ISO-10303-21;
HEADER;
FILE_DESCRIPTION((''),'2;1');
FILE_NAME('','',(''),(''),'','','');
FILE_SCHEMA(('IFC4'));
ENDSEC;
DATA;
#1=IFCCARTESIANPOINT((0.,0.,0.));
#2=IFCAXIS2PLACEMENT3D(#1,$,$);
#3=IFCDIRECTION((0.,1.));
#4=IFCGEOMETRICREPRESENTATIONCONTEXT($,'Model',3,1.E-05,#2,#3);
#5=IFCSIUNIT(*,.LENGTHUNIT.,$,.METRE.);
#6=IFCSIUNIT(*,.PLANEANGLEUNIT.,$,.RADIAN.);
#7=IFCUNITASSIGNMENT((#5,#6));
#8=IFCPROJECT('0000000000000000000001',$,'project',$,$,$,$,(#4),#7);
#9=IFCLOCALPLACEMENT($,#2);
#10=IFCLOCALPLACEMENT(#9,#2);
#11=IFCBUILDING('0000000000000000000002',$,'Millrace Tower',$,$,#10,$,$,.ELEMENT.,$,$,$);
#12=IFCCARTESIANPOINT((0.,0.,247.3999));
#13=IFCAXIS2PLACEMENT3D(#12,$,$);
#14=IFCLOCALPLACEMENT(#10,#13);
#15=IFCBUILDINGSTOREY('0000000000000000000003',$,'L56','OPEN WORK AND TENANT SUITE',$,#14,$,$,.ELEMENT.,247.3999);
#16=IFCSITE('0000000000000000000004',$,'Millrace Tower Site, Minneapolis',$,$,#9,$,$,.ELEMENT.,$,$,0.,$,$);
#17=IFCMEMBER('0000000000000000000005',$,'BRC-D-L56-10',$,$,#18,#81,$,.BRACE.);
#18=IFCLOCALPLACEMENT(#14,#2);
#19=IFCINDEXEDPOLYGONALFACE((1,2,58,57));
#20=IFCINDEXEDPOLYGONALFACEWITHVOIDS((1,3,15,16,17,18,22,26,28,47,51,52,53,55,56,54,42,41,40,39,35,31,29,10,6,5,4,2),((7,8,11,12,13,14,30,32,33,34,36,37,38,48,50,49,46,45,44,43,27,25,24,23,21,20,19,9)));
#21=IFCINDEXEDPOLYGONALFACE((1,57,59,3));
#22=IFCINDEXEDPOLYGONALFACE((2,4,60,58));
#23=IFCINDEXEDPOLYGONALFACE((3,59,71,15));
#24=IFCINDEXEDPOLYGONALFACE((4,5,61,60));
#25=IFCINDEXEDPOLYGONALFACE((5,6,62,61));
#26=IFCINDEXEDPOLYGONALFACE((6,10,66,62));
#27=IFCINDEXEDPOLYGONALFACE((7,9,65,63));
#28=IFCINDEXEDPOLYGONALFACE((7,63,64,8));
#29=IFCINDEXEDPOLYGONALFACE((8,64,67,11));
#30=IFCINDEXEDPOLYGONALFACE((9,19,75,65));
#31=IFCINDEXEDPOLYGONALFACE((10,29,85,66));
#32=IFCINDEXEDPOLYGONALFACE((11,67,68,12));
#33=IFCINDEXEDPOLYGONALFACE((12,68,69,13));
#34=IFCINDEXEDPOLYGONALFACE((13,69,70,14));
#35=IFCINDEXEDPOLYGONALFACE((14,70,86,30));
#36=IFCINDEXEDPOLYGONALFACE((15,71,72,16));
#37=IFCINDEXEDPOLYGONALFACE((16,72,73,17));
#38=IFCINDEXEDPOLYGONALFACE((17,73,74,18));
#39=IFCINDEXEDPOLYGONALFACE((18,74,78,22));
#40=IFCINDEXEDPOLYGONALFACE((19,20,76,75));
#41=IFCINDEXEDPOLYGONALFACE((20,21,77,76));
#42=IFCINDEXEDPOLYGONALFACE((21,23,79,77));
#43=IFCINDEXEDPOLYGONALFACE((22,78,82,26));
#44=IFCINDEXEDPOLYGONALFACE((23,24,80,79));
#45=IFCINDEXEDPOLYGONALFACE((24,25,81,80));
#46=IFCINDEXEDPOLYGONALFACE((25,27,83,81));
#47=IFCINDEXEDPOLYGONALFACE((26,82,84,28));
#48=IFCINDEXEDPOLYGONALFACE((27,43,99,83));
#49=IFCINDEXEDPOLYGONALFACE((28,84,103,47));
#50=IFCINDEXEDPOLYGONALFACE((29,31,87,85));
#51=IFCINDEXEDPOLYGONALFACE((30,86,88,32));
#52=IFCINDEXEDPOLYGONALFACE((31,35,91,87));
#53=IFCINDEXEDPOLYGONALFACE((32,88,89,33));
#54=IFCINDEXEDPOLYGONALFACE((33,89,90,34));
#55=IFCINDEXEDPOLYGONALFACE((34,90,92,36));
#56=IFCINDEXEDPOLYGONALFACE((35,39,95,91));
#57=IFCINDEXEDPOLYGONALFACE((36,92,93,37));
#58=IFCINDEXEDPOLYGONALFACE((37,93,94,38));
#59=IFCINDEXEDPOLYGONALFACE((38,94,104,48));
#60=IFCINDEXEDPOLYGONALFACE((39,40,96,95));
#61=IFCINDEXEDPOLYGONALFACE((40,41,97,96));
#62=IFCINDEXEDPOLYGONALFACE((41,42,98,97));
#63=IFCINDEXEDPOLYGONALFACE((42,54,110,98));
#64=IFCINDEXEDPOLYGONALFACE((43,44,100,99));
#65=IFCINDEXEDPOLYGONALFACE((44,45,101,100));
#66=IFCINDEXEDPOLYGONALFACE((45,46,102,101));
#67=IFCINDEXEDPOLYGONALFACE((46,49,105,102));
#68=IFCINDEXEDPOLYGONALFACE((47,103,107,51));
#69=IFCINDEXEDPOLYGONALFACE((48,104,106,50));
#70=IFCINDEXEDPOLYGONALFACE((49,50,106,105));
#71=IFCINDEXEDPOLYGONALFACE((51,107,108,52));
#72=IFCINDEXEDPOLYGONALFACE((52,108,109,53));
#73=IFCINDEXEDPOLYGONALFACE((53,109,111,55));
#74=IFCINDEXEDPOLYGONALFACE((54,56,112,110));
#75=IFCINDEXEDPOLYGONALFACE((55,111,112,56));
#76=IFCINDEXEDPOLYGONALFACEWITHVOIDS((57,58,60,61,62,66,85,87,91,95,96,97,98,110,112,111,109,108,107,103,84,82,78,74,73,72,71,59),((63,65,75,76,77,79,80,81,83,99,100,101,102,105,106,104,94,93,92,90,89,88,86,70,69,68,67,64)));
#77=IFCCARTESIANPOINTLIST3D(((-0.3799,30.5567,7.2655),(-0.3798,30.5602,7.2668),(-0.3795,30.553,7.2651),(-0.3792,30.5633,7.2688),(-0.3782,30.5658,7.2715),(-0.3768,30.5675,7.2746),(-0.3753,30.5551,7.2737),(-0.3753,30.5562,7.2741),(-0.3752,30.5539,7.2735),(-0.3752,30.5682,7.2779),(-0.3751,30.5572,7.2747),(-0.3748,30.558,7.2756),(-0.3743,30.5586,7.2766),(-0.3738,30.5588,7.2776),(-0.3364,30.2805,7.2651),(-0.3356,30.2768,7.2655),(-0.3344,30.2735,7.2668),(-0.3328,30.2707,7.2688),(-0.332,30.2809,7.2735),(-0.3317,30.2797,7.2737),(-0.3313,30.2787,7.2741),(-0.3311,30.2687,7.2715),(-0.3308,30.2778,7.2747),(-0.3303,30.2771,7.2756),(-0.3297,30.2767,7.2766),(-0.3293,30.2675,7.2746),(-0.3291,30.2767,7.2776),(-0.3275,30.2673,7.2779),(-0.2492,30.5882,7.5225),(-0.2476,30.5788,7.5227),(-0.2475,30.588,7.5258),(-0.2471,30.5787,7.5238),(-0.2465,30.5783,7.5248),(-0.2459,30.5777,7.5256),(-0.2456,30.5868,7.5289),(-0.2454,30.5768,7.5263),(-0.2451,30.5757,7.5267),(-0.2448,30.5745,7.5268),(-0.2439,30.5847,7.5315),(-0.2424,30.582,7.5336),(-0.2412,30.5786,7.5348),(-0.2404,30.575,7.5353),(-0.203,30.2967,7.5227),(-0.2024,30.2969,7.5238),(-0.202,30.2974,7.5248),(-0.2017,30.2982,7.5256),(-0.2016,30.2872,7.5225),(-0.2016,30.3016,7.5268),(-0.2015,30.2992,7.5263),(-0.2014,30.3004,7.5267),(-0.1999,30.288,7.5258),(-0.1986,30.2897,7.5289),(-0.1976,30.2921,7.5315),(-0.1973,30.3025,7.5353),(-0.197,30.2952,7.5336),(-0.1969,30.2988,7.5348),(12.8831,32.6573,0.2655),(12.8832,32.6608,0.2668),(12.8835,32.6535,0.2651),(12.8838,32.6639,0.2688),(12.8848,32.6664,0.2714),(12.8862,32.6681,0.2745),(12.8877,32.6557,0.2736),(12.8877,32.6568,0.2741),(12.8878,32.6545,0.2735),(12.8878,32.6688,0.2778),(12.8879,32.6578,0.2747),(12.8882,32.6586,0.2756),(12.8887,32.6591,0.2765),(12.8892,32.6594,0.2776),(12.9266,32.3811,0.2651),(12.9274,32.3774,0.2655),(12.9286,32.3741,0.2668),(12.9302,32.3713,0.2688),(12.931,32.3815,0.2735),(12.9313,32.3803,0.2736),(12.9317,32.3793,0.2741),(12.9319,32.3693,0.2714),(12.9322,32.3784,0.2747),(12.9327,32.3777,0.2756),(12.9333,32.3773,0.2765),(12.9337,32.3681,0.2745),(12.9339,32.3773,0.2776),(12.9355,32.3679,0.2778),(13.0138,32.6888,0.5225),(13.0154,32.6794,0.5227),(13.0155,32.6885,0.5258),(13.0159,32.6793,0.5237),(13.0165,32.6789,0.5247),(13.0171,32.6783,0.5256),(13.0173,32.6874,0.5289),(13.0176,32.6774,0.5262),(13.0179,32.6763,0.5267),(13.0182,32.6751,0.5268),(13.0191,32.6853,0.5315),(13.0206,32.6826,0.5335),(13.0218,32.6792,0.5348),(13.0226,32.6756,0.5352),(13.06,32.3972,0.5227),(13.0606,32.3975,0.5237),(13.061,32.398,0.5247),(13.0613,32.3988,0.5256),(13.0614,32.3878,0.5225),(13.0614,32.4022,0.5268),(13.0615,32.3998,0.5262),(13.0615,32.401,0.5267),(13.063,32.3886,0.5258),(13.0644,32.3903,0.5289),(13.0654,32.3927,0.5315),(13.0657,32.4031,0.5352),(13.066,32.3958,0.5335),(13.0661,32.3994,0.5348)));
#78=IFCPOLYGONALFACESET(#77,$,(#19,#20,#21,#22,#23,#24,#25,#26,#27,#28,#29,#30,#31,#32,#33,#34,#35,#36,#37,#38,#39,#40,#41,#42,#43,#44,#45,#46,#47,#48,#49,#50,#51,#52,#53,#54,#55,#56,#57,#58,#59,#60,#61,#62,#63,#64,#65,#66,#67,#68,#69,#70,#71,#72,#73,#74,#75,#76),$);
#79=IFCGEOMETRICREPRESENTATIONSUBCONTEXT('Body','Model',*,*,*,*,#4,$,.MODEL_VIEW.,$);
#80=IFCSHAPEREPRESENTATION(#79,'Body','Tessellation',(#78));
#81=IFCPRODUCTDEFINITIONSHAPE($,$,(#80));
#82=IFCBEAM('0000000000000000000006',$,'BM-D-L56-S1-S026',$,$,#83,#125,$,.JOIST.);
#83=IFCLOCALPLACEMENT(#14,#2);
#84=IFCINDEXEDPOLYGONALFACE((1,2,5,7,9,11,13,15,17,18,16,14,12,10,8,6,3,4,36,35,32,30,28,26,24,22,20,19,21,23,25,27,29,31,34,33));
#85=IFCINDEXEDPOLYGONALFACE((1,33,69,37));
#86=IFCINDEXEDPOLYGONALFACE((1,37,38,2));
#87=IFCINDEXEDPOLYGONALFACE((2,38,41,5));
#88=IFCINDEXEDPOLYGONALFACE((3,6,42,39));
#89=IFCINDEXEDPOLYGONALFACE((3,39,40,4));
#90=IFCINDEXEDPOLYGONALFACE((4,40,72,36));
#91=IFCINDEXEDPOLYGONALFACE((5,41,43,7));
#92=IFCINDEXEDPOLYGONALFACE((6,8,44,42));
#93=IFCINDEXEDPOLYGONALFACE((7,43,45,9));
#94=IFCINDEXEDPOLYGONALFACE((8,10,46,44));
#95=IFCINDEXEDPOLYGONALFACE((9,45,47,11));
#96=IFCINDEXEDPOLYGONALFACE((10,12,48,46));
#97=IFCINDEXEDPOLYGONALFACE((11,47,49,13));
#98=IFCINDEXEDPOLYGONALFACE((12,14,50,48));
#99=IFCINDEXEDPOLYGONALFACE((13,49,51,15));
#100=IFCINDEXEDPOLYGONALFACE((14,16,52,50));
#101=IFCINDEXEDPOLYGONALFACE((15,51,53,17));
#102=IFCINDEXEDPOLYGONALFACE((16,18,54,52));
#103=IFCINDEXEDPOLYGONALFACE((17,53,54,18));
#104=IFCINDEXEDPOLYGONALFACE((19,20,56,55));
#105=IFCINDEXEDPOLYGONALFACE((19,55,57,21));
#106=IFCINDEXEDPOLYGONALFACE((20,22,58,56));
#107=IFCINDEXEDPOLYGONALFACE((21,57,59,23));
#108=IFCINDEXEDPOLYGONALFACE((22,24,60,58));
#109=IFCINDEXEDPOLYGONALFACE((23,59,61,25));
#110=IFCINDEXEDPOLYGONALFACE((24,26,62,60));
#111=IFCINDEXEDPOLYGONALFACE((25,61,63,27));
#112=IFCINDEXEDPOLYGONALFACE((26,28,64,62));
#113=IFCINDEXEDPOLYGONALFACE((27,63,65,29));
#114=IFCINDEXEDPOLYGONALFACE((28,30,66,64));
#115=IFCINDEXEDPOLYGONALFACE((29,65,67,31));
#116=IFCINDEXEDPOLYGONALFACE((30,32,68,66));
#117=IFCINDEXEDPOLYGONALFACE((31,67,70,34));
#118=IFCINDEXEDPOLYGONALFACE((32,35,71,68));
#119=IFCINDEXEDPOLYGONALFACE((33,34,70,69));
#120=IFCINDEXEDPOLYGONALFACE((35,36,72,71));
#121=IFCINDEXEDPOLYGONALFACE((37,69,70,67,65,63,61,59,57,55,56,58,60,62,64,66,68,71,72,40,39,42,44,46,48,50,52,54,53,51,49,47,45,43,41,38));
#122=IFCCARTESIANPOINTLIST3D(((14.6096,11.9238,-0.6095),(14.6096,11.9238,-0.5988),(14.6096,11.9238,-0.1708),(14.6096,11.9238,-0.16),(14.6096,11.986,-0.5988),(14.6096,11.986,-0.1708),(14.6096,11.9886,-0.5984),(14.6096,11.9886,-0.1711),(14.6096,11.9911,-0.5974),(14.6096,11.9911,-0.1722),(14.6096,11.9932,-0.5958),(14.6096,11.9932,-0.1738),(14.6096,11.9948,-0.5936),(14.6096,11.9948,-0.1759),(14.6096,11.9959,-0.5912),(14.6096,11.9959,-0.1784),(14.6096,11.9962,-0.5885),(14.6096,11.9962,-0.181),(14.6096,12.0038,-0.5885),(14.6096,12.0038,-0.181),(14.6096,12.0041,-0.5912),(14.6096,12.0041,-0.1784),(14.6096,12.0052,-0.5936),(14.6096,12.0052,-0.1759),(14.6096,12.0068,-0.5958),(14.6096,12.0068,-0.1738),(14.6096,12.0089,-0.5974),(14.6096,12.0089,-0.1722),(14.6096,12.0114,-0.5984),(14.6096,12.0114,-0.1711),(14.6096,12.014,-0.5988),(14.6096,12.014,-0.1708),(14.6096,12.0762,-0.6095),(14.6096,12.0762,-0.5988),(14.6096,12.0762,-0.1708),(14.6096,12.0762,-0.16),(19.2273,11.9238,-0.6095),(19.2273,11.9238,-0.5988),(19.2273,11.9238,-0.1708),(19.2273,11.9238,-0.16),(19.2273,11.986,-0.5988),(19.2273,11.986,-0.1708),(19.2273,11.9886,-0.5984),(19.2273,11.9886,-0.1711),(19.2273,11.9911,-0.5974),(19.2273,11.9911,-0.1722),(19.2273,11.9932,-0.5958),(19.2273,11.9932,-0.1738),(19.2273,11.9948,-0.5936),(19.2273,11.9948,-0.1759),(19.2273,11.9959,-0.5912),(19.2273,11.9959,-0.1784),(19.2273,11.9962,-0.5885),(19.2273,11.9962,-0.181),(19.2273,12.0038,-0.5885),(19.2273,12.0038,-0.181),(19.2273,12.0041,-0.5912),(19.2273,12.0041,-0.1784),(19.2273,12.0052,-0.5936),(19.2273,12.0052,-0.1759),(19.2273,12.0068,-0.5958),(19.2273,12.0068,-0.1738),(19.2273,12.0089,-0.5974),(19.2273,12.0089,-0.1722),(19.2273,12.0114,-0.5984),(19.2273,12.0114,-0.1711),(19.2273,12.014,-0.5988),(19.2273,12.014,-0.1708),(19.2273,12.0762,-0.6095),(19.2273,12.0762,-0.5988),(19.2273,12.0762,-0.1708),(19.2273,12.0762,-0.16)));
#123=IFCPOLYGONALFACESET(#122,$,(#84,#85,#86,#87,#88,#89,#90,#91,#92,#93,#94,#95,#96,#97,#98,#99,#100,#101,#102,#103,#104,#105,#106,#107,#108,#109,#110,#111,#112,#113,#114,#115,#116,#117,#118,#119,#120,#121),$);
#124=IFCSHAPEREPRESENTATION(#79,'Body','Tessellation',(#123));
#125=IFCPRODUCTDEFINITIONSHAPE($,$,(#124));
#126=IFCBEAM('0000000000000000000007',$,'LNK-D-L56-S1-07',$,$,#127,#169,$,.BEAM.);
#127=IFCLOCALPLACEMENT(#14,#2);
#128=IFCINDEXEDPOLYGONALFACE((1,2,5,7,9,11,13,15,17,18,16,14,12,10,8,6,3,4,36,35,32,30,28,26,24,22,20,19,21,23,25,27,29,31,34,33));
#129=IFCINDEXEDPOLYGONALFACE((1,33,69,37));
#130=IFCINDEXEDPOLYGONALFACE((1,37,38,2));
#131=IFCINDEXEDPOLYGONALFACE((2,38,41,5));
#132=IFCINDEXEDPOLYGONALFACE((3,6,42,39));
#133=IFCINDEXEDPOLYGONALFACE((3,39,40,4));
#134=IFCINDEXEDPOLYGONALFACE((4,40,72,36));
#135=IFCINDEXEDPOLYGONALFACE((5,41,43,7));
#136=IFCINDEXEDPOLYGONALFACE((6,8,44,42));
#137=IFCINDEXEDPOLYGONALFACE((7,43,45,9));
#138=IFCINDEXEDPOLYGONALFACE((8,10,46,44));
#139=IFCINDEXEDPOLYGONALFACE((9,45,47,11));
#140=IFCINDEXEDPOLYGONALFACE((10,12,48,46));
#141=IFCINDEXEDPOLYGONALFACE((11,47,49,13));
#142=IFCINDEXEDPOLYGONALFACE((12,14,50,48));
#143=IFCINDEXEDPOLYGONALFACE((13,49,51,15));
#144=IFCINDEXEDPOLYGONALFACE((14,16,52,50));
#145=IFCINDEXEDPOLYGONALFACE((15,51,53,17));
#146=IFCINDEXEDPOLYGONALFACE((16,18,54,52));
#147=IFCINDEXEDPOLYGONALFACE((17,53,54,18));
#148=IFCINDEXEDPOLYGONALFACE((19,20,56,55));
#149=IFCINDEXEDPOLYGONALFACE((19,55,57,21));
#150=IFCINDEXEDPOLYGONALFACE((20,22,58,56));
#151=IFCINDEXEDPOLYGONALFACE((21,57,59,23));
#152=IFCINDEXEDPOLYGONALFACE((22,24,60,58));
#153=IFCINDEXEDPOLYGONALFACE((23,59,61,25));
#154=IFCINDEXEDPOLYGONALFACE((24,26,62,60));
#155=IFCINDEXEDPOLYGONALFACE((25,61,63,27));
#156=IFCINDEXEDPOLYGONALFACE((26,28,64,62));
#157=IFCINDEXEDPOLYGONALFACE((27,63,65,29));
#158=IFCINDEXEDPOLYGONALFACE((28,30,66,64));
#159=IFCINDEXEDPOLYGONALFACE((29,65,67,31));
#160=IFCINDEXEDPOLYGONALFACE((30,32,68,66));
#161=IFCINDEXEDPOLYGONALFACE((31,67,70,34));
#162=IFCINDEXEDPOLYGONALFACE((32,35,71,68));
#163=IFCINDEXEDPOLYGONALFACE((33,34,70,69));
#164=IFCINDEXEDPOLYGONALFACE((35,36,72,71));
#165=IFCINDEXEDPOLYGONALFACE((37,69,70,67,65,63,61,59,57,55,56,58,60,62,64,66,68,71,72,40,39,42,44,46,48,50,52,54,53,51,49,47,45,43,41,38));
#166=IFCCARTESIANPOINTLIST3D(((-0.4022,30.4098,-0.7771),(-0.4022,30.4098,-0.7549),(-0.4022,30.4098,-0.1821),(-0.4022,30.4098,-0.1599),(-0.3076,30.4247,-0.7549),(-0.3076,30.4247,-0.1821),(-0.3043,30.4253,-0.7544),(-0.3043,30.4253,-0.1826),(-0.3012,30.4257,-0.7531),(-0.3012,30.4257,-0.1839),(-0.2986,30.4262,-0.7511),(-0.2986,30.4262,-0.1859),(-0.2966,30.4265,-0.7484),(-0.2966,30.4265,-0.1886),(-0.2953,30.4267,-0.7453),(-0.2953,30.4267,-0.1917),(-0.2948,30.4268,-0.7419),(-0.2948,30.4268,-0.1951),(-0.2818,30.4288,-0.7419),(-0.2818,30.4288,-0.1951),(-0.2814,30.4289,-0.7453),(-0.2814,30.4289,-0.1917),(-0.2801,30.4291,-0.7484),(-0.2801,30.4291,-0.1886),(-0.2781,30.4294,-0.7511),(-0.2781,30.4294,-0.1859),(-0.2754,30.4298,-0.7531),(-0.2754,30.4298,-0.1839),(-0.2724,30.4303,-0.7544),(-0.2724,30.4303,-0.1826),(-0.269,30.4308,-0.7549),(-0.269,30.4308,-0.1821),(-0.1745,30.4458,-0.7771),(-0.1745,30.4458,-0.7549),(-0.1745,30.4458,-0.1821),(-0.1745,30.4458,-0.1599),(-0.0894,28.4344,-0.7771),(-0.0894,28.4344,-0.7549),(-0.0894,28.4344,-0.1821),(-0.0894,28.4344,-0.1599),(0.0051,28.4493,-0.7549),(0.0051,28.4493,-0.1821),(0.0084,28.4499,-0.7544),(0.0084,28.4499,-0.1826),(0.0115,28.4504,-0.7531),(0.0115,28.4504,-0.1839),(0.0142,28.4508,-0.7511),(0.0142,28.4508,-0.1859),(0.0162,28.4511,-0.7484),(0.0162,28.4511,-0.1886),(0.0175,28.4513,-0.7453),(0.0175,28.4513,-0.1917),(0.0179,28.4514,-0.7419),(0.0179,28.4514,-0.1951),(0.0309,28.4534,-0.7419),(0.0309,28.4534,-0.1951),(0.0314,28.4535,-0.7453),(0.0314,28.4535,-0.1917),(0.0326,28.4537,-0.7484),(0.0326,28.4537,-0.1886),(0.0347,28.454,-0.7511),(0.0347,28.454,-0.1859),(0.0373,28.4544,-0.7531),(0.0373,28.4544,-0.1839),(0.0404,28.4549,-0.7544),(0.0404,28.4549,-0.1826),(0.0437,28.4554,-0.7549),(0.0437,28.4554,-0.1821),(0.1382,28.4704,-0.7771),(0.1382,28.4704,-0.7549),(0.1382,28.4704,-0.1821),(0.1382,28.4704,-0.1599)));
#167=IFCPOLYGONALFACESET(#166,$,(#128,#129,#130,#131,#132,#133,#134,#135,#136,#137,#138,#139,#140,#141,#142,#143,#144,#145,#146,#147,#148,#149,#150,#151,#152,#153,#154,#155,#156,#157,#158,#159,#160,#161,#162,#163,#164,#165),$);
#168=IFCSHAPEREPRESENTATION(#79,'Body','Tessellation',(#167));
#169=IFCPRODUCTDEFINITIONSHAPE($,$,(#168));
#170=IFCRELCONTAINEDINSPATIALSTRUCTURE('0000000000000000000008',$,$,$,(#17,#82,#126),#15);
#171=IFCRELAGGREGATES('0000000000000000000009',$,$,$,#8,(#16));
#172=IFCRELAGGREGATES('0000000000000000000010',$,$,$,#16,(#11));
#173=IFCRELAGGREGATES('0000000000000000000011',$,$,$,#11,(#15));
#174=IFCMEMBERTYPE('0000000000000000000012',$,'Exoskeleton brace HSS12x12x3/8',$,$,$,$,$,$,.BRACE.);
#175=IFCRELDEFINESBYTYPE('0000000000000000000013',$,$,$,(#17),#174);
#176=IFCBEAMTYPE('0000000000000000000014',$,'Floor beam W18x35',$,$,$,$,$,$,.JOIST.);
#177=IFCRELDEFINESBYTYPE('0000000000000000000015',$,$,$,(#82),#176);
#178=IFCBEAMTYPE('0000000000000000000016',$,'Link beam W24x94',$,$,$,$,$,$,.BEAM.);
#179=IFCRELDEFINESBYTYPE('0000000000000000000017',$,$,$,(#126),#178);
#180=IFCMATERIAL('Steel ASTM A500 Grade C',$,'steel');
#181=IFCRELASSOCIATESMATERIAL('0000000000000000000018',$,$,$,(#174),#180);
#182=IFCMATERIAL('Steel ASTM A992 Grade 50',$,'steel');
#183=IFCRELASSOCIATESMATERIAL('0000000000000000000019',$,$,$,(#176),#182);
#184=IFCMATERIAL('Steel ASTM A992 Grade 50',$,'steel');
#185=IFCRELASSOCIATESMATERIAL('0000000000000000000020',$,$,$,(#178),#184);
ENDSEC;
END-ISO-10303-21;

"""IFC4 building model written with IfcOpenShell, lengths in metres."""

from ifc_helpers import new_model, si_unit, direction, frame, origin, origin_2d, place, context, subcontext, project, spatial, hollow_rectangle, i_section, extrude, material, material_profile, profile_set, type_object, element, save


model = new_model("IFC4")

# Units and contexts
model_context = context("Model", 3, precision=1e-05, world=origin(), true_north=direction((0.0, 1.0)))
body_context = subcontext(model_context, "Body", "Model", "MODEL_VIEW")
ifc_project = project(units=[si_unit("LENGTHUNIT", "METRE"), si_unit("PLANEANGLEUNIT", "RADIAN")], contexts=[model_context])

# Site, building, storey
site_placement = place(None, origin())
site = spatial("IfcSite", under=ifc_project, at=site_placement, Name="Millrace Tower Site, Minneapolis", CompositionType="ELEMENT", RefElevation=0.0)
building_placement = place(site_placement, origin())
building = spatial("IfcBuilding", under=site, at=building_placement, Name="Millrace Tower", CompositionType="ELEMENT")
storey_placement = place(building_placement, frame((0.0, 0.0, 247.3999)))
storey = spatial("IfcBuildingStorey", under=building, at=storey_placement, Name="L56", Description="OPEN WORK AND TENANT SUITE", CompositionType="ELEMENT", Elevation=247.3999)

# Member
ifc_material_1 = material(Name="Steel ASTM A500 Grade C", Category="steel")
ifc_material_profile_1 = material_profile(ifc_material_1, hollow_rectangle(XDim=0.3047, YDim=0.3047, WallThickness=0.0095, InnerFilletRadius=0.0046, OuterFilletRadius=0.0144, at=origin_2d()))
ifc_profile_set_1 = profile_set([ifc_material_profile_1], Name="Steel ASTM A500 Grade C")
member_type_1 = type_object("IfcMemberType", Name="Exoskeleton brace HSS12x12x3/8", PredefinedType="BRACE", material=ifc_profile_set_1)
member_1_placement = place(storey_placement, frame((12.9746, 32.5283, 0.4001), z_axis=(-0.875832, -0.138714, 0.462252), x_axis=(0.15643, -0.987689, 0.0)))
element("IfcMember", 1, at=member_1_placement, inside=storey, type_object=member_type_1, Name="BRC-D-L56-10", PredefinedType="BRACE", context=body_context, shape_type="SweptSolid", body=[
    extrude(hollow_rectangle(XDim=0.3047, YDim=0.3047, WallThickness=0.0095, InnerFilletRadius=0.0046, OuterFilletRadius=0.0144, at=origin_2d()), origin(), (0.0, 0.0, 1.0), 15.1433),
])

# Beams
ifc_material_2 = material(Name="Steel ASTM A992 Grade 50", Category="steel")
ifc_material_profile_2 = material_profile(ifc_material_2, i_section(OverallWidth=0.1523, OverallDepth=0.4495, WebThickness=0.0076, FlangeThickness=0.0107, FilletRadius=0.0103, at=origin_2d()))
ifc_profile_set_2 = profile_set([ifc_material_profile_2], Name="Steel ASTM A992 Grade 50")
beam_type_1 = type_object("IfcBeamType", Name="Floor beam W18x35", PredefinedType="JOIST", material=ifc_profile_set_2)
beam_1_placement = place(storey_placement, frame((14.6096, 12.0, -0.3848), z_axis=(1.0, 0.0, 0.0), x_axis=(0.0, 1.0, 0.0)))
element("IfcBeam", 2, at=beam_1_placement, inside=storey, type_object=beam_type_1, Name="BM-D-L56-S1-S026", PredefinedType="JOIST", context=body_context, shape_type="SweptSolid", body=[
    extrude(i_section(OverallWidth=0.1523, OverallDepth=0.4495, WebThickness=0.0076, FlangeThickness=0.0107, FilletRadius=0.0103, at=origin_2d()), origin(), (0.0, 0.0, 1.0), 4.6177),
])
ifc_material_3 = material(Name="Steel ASTM A992 Grade 50", Category="steel")
ifc_material_profile_3 = material_profile(ifc_material_3, i_section(OverallWidth=0.2305, OverallDepth=0.6172, WebThickness=0.0132, FlangeThickness=0.0222, FilletRadius=0.0129, at=origin_2d()))
ifc_profile_set_3 = profile_set([ifc_material_profile_3], Name="Steel ASTM A992 Grade 50")
beam_type_2 = type_object("IfcBeamType", Name="Link beam W24x94", PredefinedType="BEAM", material=ifc_profile_set_3)
beam_2_placement = place(storey_placement, frame((0.0244, 28.4524, -0.4685), z_axis=(-0.156376, 0.987698, 0.0), x_axis=(-0.987698, -0.156376, 0.0)))
element("IfcBeam", 3, at=beam_2_placement, inside=storey, type_object=beam_type_2, Name="LNK-D-L56-S1-07", PredefinedType="BEAM", context=body_context, shape_type="SweptSolid", body=[
    extrude(i_section(OverallWidth=0.2305, OverallDepth=0.6172, WebThickness=0.0132, FlangeThickness=0.0222, FilletRadius=0.0129, at=origin_2d()), origin(), (0.0, 0.0, 1.0), 2.0),
])

save(model, "model.ifc")
